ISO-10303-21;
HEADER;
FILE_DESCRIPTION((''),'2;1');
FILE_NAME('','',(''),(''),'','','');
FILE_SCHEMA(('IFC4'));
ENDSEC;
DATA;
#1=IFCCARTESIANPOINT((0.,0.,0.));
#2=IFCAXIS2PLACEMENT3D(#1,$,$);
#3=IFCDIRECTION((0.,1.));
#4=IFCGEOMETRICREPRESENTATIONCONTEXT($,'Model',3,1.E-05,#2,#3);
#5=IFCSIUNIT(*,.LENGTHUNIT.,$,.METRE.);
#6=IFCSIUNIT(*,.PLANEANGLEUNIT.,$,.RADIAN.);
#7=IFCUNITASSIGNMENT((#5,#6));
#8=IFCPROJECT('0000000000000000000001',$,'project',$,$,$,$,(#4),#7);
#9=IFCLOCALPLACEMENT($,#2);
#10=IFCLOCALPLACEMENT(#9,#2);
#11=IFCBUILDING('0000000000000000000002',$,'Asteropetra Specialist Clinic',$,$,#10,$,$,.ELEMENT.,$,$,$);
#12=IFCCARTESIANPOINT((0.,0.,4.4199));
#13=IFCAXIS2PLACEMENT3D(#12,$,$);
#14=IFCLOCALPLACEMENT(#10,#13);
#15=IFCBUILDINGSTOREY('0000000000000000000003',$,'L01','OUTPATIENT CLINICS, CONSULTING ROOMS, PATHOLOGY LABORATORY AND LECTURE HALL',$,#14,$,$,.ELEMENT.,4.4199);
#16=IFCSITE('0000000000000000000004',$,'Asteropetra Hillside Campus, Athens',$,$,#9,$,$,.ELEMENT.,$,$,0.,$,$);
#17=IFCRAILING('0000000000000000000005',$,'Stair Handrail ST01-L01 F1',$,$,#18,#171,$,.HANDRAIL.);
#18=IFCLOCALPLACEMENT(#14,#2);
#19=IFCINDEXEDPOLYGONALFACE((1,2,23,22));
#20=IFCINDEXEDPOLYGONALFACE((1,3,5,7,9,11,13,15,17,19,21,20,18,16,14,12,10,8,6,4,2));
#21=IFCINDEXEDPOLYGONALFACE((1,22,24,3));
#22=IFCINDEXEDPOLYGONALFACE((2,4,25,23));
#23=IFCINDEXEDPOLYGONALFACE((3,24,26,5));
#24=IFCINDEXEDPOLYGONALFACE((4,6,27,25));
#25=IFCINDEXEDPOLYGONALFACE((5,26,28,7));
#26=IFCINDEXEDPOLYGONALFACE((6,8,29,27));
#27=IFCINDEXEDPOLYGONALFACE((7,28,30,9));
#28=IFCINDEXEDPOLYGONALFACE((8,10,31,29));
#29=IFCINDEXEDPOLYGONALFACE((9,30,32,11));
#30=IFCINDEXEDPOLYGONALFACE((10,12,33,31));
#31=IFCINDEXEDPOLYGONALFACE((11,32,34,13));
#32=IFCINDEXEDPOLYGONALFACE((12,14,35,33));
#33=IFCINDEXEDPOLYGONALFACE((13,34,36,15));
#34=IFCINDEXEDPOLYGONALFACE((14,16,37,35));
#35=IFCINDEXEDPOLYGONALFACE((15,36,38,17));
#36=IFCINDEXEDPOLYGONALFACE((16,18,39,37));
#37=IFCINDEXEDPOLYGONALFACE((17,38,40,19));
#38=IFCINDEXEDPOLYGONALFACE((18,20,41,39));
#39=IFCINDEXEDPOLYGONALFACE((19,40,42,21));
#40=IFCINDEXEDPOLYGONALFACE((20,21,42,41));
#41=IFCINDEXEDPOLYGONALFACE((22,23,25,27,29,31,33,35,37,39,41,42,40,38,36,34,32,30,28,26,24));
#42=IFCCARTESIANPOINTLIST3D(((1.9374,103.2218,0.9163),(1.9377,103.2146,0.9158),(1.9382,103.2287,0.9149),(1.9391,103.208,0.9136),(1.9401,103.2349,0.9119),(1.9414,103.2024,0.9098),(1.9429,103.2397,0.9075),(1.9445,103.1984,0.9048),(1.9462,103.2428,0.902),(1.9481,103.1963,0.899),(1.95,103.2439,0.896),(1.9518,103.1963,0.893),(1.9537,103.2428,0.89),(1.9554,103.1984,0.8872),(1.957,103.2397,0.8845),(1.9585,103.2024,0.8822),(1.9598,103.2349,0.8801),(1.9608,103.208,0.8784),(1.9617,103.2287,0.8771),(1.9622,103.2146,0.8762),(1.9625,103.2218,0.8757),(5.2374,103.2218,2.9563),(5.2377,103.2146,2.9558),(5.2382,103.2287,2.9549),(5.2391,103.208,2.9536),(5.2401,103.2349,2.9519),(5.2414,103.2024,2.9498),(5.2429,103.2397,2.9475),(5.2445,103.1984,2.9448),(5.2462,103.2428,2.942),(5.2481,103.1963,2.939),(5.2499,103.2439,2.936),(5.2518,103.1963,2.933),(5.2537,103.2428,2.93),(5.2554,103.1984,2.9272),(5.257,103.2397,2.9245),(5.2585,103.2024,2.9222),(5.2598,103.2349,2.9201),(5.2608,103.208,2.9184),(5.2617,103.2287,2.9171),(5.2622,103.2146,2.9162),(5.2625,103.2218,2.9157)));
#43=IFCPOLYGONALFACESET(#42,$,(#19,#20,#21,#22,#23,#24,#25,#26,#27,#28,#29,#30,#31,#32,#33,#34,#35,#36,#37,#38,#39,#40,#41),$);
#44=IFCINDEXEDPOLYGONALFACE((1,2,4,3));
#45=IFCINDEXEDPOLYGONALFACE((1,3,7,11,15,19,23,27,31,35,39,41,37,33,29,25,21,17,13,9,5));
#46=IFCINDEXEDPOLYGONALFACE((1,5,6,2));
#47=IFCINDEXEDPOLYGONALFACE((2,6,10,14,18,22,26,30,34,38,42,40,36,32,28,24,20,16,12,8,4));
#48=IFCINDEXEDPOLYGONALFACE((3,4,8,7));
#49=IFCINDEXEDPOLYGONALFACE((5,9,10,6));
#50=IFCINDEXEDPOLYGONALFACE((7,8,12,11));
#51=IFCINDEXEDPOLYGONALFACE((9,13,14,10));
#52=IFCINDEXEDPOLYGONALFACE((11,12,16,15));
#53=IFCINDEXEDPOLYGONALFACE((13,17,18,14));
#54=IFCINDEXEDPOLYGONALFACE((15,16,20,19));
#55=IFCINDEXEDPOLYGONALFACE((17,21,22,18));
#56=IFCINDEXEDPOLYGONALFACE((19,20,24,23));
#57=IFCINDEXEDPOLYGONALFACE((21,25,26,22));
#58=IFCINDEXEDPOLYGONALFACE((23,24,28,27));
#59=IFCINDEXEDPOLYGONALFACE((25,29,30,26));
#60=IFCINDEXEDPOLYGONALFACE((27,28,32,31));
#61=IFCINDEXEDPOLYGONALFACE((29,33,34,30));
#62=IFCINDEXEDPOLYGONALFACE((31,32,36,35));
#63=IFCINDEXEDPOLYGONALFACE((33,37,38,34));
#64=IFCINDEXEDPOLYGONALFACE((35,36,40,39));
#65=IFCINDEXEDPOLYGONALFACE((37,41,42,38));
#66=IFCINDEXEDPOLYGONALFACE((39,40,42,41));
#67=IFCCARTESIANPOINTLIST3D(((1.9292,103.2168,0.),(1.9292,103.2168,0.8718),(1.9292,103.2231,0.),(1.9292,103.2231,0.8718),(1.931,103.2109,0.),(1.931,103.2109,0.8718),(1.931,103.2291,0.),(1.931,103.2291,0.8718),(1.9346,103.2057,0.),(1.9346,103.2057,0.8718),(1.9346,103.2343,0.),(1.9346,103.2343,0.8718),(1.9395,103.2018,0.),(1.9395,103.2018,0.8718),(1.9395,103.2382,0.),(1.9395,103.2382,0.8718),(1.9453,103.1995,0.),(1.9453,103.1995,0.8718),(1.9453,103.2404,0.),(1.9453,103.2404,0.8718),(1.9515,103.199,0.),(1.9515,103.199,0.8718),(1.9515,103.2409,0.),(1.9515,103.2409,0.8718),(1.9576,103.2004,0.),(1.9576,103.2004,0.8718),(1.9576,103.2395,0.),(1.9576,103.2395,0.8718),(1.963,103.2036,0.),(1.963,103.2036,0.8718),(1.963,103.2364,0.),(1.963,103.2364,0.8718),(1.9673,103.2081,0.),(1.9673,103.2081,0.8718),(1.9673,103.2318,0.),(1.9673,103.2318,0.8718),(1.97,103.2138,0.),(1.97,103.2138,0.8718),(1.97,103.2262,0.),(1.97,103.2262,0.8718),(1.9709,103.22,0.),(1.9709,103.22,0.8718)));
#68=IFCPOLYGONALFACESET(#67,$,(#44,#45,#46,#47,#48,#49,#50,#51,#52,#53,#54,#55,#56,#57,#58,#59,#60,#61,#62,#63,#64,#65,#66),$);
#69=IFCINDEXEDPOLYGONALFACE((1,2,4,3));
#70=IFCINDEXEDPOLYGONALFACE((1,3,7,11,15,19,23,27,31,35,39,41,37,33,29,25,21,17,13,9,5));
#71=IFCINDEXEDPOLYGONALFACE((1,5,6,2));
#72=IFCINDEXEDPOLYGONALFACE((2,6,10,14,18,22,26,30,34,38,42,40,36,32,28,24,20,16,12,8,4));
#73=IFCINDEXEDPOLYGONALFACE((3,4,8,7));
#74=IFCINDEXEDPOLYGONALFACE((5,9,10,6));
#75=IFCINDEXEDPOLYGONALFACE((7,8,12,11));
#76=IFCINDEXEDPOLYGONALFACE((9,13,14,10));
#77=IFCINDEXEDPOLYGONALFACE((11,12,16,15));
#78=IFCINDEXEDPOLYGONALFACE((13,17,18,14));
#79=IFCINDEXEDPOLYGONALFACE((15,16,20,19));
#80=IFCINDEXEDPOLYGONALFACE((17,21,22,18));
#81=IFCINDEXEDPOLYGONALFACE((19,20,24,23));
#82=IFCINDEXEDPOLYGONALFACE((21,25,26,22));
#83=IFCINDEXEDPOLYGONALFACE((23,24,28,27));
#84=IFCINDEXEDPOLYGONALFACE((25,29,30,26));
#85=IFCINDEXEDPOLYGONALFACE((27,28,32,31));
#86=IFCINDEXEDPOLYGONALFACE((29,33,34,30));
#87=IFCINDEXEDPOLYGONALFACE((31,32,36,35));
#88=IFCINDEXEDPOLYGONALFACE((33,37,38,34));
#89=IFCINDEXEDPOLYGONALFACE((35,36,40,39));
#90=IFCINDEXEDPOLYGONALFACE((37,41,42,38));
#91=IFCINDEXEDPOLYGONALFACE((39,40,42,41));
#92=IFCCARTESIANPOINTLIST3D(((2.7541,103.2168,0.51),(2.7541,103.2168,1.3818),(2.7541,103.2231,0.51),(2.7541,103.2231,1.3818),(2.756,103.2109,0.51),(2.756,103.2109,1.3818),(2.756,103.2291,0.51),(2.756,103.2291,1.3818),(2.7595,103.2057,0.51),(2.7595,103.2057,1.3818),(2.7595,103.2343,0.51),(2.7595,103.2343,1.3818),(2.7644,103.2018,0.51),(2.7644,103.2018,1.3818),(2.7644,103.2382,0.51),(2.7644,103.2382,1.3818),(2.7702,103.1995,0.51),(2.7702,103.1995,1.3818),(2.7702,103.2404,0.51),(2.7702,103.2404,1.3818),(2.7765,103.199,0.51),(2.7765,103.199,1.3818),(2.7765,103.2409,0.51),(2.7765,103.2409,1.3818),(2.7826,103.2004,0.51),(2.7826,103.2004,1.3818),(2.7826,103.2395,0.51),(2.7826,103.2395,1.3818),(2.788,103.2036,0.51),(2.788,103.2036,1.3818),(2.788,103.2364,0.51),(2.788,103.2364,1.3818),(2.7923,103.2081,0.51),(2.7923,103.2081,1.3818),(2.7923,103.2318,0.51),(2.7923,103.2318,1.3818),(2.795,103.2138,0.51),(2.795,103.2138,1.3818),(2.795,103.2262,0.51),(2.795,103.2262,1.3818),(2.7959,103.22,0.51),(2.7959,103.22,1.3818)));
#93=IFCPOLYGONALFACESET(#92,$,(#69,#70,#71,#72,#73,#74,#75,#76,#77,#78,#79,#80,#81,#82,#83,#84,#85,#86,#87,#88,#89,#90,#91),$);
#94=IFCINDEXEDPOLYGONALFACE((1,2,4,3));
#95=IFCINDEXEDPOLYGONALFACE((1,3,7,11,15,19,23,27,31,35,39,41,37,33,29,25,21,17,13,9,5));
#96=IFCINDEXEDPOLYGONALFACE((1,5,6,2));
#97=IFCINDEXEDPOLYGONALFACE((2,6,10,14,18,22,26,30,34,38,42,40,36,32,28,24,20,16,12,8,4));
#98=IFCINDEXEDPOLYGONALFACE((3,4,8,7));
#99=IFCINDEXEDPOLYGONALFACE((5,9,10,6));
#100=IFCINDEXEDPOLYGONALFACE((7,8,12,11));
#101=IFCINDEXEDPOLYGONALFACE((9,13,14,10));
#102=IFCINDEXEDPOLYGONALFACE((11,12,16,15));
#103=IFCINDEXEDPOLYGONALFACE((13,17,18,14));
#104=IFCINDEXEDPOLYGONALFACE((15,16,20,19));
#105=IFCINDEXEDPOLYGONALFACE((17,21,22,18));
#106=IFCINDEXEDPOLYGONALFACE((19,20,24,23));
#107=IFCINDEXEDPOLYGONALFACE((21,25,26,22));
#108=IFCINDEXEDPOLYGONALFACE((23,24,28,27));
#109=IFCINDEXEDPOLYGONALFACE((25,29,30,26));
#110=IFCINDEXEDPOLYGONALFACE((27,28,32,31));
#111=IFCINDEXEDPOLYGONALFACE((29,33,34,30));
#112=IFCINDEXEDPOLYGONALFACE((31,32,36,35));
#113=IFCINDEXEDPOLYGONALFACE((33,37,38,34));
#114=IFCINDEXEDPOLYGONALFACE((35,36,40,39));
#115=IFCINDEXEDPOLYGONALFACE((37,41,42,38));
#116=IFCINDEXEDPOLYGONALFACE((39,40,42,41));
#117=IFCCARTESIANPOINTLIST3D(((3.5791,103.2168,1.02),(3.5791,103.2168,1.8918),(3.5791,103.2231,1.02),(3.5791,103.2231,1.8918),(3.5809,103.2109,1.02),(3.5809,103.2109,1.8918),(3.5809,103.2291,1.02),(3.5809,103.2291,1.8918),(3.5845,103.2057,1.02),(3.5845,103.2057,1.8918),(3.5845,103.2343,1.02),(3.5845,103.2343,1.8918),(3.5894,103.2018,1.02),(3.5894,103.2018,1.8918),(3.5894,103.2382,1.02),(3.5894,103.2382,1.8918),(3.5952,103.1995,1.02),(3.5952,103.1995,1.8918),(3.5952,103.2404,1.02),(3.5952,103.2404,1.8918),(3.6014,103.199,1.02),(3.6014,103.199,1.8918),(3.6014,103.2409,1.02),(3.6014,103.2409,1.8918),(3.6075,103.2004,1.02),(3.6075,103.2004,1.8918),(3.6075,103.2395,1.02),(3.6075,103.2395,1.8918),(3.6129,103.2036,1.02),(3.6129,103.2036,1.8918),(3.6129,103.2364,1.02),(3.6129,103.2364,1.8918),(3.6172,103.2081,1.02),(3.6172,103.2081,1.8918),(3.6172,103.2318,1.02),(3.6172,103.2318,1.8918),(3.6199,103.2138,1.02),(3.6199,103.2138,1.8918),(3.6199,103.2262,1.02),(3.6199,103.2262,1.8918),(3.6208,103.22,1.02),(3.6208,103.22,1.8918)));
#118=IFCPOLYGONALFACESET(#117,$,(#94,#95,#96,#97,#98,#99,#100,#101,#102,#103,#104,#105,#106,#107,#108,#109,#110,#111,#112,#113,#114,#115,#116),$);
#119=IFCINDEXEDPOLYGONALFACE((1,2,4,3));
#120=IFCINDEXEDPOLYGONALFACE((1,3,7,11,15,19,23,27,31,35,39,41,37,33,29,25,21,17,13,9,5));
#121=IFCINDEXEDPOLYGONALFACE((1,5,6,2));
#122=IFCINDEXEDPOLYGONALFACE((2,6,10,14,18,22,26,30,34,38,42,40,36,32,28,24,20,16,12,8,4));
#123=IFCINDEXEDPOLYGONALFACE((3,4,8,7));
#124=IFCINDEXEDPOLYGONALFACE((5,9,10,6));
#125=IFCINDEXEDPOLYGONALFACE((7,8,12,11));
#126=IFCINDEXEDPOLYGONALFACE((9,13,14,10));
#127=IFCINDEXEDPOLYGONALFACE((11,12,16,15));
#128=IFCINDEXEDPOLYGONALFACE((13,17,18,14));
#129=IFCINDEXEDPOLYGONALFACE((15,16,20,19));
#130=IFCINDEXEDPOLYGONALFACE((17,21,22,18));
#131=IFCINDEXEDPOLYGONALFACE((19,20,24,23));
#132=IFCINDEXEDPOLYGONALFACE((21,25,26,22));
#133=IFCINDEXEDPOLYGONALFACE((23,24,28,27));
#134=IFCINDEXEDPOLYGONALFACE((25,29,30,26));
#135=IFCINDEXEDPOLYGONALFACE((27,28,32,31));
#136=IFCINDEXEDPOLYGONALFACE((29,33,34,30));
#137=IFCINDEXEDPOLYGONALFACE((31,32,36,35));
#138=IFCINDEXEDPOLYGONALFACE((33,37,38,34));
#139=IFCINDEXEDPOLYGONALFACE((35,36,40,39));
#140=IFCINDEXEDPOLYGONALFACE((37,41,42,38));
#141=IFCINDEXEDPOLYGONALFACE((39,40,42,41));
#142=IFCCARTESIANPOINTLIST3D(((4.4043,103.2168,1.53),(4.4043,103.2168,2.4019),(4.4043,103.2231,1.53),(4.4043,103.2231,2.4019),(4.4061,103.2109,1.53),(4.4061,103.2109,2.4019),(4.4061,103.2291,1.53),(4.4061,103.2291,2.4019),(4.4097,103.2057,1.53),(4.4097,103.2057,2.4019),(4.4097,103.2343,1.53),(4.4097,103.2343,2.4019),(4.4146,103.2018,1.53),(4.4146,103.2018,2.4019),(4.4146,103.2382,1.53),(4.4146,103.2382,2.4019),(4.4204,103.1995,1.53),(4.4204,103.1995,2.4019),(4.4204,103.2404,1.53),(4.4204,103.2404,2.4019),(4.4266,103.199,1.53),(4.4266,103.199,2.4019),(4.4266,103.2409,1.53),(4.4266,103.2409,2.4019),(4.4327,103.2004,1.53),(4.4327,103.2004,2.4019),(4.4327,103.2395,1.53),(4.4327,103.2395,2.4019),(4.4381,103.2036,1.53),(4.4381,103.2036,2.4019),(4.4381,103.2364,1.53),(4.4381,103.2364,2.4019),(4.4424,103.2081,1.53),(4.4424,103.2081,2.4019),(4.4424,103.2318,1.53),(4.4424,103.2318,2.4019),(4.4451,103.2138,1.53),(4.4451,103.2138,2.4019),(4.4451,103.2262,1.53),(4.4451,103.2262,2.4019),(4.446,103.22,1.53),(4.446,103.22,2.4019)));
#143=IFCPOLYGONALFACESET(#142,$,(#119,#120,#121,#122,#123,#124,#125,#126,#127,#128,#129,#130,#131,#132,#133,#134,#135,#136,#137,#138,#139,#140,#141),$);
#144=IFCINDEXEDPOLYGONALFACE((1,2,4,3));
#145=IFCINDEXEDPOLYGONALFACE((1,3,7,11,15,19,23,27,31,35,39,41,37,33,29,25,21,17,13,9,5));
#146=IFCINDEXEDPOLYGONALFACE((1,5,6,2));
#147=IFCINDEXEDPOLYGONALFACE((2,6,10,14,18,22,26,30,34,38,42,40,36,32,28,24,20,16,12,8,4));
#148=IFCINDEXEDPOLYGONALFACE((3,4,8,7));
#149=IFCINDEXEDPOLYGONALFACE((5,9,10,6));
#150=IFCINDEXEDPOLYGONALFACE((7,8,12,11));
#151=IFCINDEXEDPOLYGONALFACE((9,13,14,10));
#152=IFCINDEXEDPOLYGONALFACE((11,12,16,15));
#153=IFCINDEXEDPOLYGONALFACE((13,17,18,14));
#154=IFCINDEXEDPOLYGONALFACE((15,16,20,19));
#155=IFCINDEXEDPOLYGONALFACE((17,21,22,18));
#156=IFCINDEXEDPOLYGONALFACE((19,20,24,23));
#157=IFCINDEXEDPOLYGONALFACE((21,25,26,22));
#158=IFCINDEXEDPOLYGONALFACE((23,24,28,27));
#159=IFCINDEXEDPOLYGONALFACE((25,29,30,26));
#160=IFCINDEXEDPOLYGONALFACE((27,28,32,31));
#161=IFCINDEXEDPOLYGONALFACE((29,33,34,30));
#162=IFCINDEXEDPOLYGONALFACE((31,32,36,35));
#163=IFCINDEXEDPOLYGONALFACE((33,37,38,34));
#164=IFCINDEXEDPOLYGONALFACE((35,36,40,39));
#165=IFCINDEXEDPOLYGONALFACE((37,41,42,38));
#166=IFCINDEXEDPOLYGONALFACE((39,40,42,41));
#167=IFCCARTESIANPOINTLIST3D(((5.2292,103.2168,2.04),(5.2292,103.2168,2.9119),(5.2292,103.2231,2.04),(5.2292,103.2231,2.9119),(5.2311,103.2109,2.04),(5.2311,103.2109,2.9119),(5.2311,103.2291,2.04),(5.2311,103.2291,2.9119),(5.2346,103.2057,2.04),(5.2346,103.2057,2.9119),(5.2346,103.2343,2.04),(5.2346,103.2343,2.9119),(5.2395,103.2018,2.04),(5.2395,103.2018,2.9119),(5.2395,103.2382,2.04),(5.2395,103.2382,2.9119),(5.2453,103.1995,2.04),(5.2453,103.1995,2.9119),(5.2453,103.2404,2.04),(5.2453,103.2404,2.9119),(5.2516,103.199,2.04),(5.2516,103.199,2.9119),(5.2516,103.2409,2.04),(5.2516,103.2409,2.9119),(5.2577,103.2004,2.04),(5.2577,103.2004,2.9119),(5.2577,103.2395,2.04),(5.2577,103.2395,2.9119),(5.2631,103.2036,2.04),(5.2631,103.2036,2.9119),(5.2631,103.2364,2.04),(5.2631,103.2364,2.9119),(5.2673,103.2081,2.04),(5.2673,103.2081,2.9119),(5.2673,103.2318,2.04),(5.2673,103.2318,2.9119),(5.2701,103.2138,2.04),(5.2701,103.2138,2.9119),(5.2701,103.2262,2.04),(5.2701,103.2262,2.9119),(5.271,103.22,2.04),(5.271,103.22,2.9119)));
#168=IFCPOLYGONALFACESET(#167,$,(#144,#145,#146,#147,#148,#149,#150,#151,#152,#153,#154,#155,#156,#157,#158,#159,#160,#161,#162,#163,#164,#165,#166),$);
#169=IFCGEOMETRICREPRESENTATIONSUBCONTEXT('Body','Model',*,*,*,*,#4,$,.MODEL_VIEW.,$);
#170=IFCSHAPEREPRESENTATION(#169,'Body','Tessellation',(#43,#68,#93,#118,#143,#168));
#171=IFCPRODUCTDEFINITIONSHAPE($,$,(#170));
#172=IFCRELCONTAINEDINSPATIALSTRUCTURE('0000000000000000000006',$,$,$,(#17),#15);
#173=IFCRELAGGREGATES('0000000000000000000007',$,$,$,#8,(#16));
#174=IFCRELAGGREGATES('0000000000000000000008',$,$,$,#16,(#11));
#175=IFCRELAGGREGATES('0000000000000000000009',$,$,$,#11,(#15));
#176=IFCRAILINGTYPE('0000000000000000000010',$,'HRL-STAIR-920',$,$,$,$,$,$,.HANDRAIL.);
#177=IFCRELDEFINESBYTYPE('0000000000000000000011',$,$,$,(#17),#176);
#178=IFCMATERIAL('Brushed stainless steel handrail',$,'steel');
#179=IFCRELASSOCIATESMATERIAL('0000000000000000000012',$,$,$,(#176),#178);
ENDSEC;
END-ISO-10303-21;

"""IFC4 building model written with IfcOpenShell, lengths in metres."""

from ifc_helpers import new_model, si_unit, direction, frame, origin, origin_2d, place, context, subcontext, project, spatial, circle, extrude, material, type_object, element, save


model = new_model("IFC4")

# Units and contexts
model_context = context("Model", 3, precision=1e-05, world=origin(), true_north=direction((0.0, 1.0)))
body_context = subcontext(model_context, "Body", "Model", "MODEL_VIEW")
ifc_project = project(units=[si_unit("LENGTHUNIT", "METRE"), si_unit("PLANEANGLEUNIT", "RADIAN")], contexts=[model_context])

# Site, building, storey
site_placement = place(None, origin())
site = spatial("IfcSite", under=ifc_project, at=site_placement, Name="Asteropetra Hillside Campus, Athens", CompositionType="ELEMENT", RefElevation=0.0)
building_placement = place(site_placement, origin())
building = spatial("IfcBuilding", under=site, at=building_placement, Name="Asteropetra Specialist Clinic", CompositionType="ELEMENT")
storey_placement = place(building_placement, frame((0.0, 0.0, 4.4199)))
storey = spatial("IfcBuildingStorey", under=building, at=storey_placement, Name="L01", Description="OUTPATIENT CLINICS, CONSULTING ROOMS, PATHOLOGY LABORATORY AND LECTURE HALL", CompositionType="ELEMENT", Elevation=4.4199)

# Railing
ifc_material_1 = material(Name="Brushed stainless steel handrail", Category="steel")
railing_type_1 = type_object("IfcRailingType", Name="HRL-STAIR-920", PredefinedType="HANDRAIL", material=ifc_material_1)
railing_1_placement = place(storey_placement, frame((1.95, 103.22, 0.0)))
element("IfcRailing", 1, at=railing_1_placement, inside=storey, type_object=railing_type_1, Name="Stair Handrail ST01-L01 F1", PredefinedType="HANDRAIL", context=body_context, shape_type="SweptSolid", body=[
    extrude(circle(Radius=0.0239, at=origin_2d()), frame((0.0, 0.0, 0.896), z_axis=(0.850594, 0.0, 0.525824), x_axis=(0.0, 1.0, 0.0)), (0.0, 0.0, 1.0), 3.8796),
    extrude(circle(Radius=0.021, at=origin_2d()), origin(), (0.0, 0.0, 1.0), 0.8718),
    extrude(circle(Radius=0.021, at=origin_2d()), frame((0.825, 0.0, 0.51)), (0.0, 0.0, 1.0), 0.8718),
    extrude(circle(Radius=0.021, at=origin_2d()), frame((1.6499, 0.0, 1.02)), (0.0, 0.0, 1.0), 0.8718),
    extrude(circle(Radius=0.021, at=origin_2d()), frame((2.4751, 0.0, 1.53)), (0.0, 0.0, 1.0), 0.8718),
    extrude(circle(Radius=0.021, at=origin_2d()), frame((3.3, 0.0, 2.04)), (0.0, 0.0, 1.0), 0.8718),
])

save(model, "model.ifc")
